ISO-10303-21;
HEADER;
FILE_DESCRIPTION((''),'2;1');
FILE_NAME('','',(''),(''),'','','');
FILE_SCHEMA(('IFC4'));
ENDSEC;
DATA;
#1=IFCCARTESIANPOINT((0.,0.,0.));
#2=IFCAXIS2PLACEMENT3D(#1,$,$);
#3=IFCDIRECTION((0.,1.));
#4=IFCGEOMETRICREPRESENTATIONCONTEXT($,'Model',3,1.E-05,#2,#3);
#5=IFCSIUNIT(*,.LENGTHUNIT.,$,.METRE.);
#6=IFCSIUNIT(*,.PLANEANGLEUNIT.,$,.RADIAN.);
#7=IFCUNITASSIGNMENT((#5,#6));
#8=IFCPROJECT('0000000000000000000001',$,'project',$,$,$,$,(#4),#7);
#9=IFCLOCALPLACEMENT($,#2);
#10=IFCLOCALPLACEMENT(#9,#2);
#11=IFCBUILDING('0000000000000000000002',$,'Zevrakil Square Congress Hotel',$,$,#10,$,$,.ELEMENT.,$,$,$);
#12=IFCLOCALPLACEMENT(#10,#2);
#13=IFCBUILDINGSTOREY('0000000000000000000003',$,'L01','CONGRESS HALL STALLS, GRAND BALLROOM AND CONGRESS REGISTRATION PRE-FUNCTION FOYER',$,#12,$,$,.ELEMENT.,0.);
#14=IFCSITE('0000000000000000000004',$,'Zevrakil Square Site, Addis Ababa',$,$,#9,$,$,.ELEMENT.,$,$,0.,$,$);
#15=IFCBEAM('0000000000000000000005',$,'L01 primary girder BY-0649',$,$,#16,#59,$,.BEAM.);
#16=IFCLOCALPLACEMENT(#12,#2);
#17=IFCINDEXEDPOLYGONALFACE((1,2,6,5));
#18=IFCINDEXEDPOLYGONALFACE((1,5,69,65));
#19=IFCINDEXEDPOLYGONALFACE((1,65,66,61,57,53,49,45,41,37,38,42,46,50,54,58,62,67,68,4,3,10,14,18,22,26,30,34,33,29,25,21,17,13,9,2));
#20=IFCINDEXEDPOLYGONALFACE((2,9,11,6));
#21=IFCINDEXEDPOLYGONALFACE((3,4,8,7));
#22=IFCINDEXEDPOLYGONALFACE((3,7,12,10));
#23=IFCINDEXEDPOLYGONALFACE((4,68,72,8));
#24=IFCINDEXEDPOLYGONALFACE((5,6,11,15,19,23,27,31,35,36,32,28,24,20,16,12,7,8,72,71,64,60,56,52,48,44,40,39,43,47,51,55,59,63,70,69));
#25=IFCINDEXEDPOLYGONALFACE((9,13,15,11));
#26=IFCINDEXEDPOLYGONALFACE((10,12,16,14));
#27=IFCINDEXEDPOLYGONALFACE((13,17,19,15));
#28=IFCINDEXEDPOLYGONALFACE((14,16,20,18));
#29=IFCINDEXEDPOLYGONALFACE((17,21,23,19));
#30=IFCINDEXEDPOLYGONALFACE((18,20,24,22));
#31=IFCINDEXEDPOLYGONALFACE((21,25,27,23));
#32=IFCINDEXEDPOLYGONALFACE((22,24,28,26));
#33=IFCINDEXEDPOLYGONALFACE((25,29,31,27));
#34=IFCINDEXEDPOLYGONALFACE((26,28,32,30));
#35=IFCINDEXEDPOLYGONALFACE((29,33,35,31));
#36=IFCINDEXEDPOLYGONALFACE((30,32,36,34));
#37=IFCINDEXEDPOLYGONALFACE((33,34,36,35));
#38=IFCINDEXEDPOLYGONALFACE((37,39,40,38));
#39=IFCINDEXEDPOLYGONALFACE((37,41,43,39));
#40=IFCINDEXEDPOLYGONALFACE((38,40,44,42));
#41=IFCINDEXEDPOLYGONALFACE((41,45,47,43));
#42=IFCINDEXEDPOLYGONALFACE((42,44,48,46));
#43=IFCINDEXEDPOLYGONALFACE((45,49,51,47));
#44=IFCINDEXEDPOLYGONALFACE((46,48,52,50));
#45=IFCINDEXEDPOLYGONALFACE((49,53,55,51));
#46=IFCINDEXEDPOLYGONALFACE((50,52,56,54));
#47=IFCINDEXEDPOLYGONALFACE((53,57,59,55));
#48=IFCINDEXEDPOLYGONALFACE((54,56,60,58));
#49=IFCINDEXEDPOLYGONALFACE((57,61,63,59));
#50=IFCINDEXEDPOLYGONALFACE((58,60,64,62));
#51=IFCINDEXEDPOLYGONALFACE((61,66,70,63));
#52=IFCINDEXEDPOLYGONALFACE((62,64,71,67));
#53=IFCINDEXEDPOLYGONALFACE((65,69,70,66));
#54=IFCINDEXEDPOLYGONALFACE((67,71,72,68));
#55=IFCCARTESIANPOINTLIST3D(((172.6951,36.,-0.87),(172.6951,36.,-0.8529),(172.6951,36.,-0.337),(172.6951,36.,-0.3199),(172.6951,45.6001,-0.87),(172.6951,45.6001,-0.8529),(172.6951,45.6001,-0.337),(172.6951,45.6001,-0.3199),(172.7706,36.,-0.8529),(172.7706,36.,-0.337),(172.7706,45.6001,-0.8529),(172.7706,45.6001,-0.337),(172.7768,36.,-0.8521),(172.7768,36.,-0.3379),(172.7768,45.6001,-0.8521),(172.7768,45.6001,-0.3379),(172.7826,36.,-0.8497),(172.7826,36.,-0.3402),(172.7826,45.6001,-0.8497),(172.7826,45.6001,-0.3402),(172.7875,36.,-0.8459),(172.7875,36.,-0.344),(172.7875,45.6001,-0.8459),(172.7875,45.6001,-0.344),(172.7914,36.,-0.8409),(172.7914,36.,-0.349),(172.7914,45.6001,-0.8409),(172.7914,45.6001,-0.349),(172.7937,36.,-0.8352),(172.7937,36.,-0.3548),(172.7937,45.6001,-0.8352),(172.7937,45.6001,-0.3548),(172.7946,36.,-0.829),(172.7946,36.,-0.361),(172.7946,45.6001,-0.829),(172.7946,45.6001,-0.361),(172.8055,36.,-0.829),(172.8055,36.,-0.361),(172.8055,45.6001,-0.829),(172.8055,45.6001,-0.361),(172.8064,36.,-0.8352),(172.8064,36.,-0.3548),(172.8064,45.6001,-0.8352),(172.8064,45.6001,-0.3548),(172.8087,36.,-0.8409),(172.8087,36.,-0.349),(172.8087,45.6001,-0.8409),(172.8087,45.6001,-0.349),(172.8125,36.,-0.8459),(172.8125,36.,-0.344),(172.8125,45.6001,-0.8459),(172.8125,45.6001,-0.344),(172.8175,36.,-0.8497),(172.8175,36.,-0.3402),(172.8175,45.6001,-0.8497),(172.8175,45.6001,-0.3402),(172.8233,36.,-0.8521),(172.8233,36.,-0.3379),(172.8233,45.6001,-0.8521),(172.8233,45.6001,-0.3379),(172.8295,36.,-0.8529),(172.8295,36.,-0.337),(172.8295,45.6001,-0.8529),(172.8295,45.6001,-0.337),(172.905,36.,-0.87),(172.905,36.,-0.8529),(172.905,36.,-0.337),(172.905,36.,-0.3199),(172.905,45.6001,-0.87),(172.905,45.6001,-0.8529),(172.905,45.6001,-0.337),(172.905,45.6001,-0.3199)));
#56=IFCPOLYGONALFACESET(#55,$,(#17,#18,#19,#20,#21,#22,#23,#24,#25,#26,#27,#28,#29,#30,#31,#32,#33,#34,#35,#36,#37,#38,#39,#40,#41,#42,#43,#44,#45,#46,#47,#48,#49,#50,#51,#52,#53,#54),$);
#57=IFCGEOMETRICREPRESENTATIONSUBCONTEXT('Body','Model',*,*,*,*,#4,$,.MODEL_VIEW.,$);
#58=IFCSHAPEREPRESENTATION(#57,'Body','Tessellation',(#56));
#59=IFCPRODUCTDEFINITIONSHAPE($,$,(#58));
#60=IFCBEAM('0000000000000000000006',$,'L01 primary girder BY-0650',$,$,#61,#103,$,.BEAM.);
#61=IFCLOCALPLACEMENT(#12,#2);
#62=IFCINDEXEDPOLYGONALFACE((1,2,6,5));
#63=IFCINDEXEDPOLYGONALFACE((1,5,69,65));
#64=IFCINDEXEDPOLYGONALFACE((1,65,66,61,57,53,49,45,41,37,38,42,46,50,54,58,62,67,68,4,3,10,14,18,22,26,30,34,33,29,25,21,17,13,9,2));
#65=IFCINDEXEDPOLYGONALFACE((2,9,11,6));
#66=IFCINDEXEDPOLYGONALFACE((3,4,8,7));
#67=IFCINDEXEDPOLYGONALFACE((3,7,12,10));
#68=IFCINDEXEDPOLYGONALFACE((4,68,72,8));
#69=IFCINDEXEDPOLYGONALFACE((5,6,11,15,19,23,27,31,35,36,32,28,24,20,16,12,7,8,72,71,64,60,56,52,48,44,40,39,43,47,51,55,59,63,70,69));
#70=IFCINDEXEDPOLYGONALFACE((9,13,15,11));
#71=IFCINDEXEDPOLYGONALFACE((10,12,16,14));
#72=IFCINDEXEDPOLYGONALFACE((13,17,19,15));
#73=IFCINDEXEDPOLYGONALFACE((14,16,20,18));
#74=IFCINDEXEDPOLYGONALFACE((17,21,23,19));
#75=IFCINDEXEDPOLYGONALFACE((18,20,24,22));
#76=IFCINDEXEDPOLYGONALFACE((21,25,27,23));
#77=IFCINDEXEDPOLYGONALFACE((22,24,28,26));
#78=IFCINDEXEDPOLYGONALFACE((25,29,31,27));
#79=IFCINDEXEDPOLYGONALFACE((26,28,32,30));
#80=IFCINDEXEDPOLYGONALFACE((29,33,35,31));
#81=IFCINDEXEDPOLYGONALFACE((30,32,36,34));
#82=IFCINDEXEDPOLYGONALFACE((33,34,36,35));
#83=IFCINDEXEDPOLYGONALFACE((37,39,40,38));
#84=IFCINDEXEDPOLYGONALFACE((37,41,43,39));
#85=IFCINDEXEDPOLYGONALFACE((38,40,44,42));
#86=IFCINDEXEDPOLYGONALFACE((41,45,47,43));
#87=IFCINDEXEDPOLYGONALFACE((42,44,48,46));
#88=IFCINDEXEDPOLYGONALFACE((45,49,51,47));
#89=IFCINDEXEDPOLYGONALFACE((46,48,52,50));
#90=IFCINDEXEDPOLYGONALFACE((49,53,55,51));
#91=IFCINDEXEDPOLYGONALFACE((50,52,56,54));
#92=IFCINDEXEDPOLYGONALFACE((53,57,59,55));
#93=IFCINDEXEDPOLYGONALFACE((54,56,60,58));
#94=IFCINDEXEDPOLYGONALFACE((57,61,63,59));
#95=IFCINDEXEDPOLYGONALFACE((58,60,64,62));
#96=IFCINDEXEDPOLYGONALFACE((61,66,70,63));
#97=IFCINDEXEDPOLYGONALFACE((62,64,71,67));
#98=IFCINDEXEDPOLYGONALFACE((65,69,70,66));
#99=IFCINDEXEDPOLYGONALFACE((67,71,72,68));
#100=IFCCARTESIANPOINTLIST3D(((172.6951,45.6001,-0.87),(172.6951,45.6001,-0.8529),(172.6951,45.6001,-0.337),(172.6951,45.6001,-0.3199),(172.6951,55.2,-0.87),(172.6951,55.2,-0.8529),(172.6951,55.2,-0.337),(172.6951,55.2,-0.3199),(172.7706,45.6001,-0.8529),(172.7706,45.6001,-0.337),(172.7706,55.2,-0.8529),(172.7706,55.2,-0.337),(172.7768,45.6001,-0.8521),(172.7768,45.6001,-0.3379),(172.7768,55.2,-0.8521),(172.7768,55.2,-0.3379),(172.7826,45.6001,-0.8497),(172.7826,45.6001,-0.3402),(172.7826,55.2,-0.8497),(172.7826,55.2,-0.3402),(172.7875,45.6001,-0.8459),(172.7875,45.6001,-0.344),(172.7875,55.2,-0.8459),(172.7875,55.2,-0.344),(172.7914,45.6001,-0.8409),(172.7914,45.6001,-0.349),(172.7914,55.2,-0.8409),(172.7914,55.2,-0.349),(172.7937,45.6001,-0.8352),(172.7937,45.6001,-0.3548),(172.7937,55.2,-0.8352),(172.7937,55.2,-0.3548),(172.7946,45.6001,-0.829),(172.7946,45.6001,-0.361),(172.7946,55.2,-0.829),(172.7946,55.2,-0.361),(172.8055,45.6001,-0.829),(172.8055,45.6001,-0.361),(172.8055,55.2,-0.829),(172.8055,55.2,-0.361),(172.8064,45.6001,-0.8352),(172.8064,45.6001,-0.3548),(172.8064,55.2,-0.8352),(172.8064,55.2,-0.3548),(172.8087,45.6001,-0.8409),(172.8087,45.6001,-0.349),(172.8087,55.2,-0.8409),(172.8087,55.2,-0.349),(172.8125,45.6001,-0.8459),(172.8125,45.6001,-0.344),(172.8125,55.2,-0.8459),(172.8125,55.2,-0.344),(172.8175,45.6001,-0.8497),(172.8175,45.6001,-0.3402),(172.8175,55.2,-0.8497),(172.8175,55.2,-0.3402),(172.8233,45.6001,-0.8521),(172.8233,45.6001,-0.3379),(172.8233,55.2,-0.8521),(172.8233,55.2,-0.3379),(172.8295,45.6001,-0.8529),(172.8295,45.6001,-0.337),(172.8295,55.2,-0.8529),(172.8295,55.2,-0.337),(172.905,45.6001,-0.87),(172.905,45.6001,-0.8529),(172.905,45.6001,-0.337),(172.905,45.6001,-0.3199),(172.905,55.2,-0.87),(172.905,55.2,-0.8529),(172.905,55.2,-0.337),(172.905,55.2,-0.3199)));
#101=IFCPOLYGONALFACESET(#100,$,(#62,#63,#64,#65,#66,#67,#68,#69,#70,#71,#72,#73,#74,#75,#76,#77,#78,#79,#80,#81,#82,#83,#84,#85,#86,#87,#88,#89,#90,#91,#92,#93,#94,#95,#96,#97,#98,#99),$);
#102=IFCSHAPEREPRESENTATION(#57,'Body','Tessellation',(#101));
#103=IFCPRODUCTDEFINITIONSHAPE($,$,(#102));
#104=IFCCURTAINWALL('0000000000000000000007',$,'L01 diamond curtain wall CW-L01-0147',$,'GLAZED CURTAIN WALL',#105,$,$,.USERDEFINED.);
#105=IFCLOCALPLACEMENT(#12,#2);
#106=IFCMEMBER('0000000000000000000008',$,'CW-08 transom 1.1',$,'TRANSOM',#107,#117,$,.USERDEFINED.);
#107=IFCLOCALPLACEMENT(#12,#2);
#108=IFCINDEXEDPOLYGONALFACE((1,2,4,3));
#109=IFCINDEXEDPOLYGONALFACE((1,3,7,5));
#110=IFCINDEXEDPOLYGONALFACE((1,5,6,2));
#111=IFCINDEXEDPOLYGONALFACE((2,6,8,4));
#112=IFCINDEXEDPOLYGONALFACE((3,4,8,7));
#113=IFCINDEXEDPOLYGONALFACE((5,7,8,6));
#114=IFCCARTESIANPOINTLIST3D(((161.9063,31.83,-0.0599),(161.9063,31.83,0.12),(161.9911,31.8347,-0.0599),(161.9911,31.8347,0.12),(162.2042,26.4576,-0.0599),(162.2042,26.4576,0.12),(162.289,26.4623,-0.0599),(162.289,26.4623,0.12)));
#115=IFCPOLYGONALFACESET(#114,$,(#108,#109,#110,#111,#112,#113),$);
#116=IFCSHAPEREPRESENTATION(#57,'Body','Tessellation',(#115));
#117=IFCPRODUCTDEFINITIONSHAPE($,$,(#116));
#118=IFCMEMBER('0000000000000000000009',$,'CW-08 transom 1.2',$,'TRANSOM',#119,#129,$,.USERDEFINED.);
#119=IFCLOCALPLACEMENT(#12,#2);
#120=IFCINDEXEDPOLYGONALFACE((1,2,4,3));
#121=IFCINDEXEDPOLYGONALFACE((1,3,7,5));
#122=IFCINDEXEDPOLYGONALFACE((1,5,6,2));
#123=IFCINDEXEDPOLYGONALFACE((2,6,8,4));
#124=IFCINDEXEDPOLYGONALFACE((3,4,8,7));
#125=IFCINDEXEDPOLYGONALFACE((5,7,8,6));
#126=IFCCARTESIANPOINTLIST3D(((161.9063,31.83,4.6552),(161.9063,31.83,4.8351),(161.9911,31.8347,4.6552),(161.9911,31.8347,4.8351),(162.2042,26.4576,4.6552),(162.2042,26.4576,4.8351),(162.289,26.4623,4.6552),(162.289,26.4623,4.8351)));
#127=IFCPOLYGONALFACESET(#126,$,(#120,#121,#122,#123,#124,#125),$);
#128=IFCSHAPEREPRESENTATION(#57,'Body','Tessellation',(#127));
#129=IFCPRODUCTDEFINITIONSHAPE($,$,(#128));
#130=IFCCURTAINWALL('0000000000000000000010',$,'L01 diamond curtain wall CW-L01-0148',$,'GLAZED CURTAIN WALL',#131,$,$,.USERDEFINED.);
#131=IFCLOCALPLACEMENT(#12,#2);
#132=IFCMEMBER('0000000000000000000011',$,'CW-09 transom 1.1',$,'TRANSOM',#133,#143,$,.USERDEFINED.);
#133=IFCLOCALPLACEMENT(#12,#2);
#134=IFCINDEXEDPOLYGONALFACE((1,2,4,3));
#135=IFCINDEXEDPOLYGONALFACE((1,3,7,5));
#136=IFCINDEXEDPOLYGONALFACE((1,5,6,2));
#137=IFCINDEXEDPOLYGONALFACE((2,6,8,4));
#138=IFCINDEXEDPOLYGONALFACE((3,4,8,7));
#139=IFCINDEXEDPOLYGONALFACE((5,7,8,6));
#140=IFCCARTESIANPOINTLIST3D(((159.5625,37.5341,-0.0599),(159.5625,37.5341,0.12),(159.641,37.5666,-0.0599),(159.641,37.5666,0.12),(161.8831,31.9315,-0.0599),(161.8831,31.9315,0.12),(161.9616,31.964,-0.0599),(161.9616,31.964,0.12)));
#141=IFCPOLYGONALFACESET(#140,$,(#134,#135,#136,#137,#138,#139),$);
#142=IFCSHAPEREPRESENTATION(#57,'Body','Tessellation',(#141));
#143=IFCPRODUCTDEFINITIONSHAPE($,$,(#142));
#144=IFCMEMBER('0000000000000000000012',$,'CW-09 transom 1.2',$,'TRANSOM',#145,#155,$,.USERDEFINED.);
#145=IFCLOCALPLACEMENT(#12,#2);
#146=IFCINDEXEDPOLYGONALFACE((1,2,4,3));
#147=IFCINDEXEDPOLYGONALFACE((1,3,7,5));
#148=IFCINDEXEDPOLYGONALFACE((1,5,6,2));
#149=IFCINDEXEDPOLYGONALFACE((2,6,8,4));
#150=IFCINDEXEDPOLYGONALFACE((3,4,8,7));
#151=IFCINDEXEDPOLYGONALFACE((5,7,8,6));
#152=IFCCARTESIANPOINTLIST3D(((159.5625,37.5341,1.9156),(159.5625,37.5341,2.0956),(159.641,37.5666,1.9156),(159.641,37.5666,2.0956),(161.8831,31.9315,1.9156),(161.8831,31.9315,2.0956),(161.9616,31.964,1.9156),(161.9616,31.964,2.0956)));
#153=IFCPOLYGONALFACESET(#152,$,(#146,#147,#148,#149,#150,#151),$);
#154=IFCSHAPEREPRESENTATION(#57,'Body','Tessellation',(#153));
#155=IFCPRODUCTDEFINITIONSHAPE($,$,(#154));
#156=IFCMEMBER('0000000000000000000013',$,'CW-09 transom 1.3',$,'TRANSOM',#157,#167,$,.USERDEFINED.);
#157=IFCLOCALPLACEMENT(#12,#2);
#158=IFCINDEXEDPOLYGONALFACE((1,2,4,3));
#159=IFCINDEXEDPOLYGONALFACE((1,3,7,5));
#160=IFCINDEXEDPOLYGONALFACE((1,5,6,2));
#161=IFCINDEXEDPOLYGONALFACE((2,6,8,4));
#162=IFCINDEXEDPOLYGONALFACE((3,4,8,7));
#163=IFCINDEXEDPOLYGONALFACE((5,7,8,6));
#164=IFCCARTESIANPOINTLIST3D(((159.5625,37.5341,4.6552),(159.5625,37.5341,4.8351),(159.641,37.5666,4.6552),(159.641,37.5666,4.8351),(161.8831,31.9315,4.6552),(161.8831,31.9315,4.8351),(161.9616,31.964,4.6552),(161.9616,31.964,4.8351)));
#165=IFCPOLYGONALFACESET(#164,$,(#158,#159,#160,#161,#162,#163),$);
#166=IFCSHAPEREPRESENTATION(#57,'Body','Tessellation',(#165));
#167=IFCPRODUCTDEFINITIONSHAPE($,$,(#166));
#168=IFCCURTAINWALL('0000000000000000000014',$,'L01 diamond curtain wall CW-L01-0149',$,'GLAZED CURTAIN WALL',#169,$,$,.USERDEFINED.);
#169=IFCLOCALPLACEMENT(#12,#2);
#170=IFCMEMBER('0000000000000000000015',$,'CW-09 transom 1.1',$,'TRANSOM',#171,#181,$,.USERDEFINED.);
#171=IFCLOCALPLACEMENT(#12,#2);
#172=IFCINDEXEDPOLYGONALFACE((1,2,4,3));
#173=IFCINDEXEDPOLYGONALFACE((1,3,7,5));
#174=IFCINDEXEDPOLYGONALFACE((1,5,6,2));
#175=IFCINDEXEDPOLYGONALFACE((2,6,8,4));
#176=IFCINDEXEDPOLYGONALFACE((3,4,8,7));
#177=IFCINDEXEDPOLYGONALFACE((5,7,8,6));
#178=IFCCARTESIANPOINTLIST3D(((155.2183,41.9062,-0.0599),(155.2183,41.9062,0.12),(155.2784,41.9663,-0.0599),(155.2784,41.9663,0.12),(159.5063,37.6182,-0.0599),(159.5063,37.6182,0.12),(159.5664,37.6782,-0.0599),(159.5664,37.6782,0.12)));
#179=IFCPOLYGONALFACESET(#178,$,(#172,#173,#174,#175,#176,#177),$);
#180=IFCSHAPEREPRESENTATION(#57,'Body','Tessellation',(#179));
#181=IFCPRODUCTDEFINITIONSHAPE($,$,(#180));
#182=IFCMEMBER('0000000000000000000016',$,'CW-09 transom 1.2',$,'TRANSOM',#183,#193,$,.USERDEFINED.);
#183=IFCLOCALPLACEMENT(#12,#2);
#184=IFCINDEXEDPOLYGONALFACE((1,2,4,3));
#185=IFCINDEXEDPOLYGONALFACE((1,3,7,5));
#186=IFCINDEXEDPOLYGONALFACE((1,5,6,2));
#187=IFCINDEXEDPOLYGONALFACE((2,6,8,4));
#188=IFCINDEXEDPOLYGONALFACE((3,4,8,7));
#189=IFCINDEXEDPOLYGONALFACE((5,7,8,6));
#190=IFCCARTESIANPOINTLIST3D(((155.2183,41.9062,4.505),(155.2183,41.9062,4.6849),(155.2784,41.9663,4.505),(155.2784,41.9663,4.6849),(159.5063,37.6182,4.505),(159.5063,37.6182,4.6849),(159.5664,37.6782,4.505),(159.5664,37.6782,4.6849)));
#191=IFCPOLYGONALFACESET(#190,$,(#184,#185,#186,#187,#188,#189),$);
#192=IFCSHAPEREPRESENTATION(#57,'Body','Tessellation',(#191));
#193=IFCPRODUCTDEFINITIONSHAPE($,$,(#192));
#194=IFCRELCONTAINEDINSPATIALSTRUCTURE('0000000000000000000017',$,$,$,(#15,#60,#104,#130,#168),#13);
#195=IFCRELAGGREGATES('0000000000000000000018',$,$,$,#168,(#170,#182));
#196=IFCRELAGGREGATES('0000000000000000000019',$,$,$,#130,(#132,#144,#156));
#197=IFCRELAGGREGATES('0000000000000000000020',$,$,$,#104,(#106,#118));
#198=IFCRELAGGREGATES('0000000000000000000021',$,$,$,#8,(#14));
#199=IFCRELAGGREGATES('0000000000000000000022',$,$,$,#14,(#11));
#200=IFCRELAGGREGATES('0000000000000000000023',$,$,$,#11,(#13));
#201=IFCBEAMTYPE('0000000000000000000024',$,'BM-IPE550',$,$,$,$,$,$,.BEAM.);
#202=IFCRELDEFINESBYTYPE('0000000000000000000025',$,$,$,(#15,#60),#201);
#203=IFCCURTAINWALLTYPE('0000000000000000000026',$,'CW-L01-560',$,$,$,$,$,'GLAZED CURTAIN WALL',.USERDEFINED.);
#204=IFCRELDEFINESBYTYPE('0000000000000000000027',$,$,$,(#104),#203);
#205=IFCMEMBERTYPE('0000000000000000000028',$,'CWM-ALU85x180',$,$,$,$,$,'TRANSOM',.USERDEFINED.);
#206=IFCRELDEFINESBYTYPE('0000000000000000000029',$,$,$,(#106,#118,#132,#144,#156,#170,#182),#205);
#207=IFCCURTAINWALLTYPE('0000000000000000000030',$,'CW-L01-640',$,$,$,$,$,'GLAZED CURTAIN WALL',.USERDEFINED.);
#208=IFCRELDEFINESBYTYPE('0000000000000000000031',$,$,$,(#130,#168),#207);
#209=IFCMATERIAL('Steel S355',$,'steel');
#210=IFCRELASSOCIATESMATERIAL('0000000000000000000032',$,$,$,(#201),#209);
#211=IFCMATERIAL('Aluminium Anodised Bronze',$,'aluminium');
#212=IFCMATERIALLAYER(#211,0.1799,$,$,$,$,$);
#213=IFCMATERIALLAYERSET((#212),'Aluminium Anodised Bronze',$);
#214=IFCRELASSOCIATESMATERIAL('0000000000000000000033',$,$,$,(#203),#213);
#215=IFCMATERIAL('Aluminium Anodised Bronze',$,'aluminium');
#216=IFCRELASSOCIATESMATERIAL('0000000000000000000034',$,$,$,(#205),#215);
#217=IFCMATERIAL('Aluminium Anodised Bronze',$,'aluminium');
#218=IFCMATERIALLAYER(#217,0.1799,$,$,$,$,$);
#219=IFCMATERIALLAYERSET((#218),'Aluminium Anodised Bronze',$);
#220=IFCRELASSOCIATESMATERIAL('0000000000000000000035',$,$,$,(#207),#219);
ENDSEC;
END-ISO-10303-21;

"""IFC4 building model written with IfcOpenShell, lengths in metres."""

from ifc_helpers import new_model, si_unit, direction, frame, origin, origin_2d, place, context, subcontext, project, spatial, rectangle, i_section, extrude, material, layer, layer_set, material_profile, profile_set, type_object, element, aggregate, save


model = new_model("IFC4")

# Units and contexts
model_context = context("Model", 3, precision=1e-05, world=origin(), true_north=direction((0.0, 1.0)))
body_context = subcontext(model_context, "Body", "Model", "MODEL_VIEW")
ifc_project = project(units=[si_unit("LENGTHUNIT", "METRE"), si_unit("PLANEANGLEUNIT", "RADIAN")], contexts=[model_context])

# Site, building, storey
site_placement = place(None, origin())
site = spatial("IfcSite", under=ifc_project, at=site_placement, Name="Zevrakil Square Site, Addis Ababa", CompositionType="ELEMENT", RefElevation=0.0)
building_placement = place(site_placement, origin())
building = spatial("IfcBuilding", under=site, at=building_placement, Name="Zevrakil Square Congress Hotel", CompositionType="ELEMENT")
storey_placement = place(building_placement, origin())
storey = spatial("IfcBuildingStorey", under=building, at=storey_placement, Name="L01", Description="CONGRESS HALL STALLS, GRAND BALLROOM AND CONGRESS REGISTRATION PRE-FUNCTION FOYER", CompositionType="ELEMENT", Elevation=0.0)

# Beams
ifc_material_1 = material(Name="Steel S355", Category="steel")
ifc_material_profile_1 = material_profile(ifc_material_1, i_section(OverallWidth=0.21, OverallDepth=0.55, WebThickness=0.011, FlangeThickness=0.0171, FilletRadius=0.0239, at=origin_2d()), Name="IPE 550")
ifc_profile_set_1 = profile_set([ifc_material_profile_1], Name="Steel S355")
beam_type_1 = type_object("IfcBeamType", Name="BM-IPE550", PredefinedType="BEAM", material=ifc_profile_set_1)
for number, where, z_axis, x_axis, name in (
    (1, (172.8, 36.0, -0.595), (0.0, 1.0, 0.0), (-1.0, 0.0, 0.0), "L01 primary girder BY-0649"),
):
    element("IfcBeam", number, at=place(storey_placement, frame(where, z_axis=z_axis, x_axis=x_axis)), inside=storey, type_object=beam_type_1, Name=name, PredefinedType="BEAM", context=body_context, shape_type="SweptSolid", body=[
        extrude(i_section(OverallWidth=0.21, OverallDepth=0.55, WebThickness=0.011, FlangeThickness=0.0171, FilletRadius=0.0239, at=origin_2d()), origin(), (0.0, 0.0, 1.0), 9.6001),
    ])
beam_placement = place(storey_placement, frame((172.8, 45.6001, -0.595), z_axis=(0.0, 1.0, 0.0), x_axis=(-1.0, 0.0, 0.0)))
element("IfcBeam", 2, at=beam_placement, inside=storey, type_object=beam_type_1, Name="L01 primary girder BY-0650", PredefinedType="BEAM", context=body_context, shape_type="SweptSolid", body=[
    extrude(i_section(OverallWidth=0.21, OverallDepth=0.55, WebThickness=0.011, FlangeThickness=0.0171, FilletRadius=0.0239, at=origin_2d()), origin(), (0.0, 0.0, 1.0), 9.5999),
])

# Curtain walls, members
ifc_material_2 = material(Name="Aluminium Anodised Bronze", Category="aluminium")
ifc_layer_1 = layer(ifc_material_2, 0.1799)
ifc_layer_set_1 = layer_set([ifc_layer_1], Name="Aluminium Anodised Bronze")
curtain_wall_type_1 = type_object("IfcCurtainWallType", Name="CW-L01-560", ElementType="GLAZED CURTAIN WALL", PredefinedType="USERDEFINED", material=ifc_layer_set_1)
curtain_wall_1_placement = place(storey_placement, origin())
curtain_wall_1 = element("IfcCurtainWall", 3, at=curtain_wall_1_placement, inside=storey, type_object=curtain_wall_type_1, Name="L01 diamond curtain wall CW-L01-0147", ObjectType="GLAZED CURTAIN WALL", PredefinedType="USERDEFINED")
ifc_material_3 = material(Name="Aluminium Anodised Bronze", Category="aluminium")
ifc_material_profile_2 = material_profile(ifc_material_3, rectangle(XDim=0.085, YDim=0.1799, at=origin_2d()), Name="ALU 85x180")
ifc_profile_set_2 = profile_set([ifc_material_profile_2], Name="Aluminium Anodised Bronze")
member_type_1 = type_object("IfcMemberType", Name="CWM-ALU85x180", ElementType="TRANSOM", PredefinedType="USERDEFINED", material=ifc_profile_set_2)
member_1_placement = place(storey_placement, frame((162.2466, 26.46, 0.03), z_axis=(-0.055357, 0.998467, 0.0), x_axis=(-0.998467, -0.055357, 0.0)))
member_1 = element("IfcMember", 4, at=member_1_placement, type_object=member_type_1, Name="CW-08 transom 1.1", ObjectType="TRANSOM", PredefinedType="USERDEFINED", context=body_context, shape_type="SweptSolid", body=[
    extrude(rectangle(XDim=0.085, YDim=0.1799, at=origin_2d()), origin(), (0.0, 0.0, 1.0), 5.3806),
])
member_2_placement = place(storey_placement, frame((162.2466, 26.46, 4.7451), z_axis=(-0.055357, 0.998467, 0.0), x_axis=(-0.998467, -0.055357, 0.0)))
member_2 = element("IfcMember", 5, at=member_2_placement, type_object=member_type_1, Name="CW-08 transom 1.2", ObjectType="TRANSOM", PredefinedType="USERDEFINED", context=body_context, shape_type="SweptSolid", body=[
    extrude(rectangle(XDim=0.085, YDim=0.1799, at=origin_2d()), origin(), (0.0, 0.0, 1.0), 5.3806),
])
ifc_material_4 = material(Name="Aluminium Anodised Bronze", Category="aluminium")
ifc_layer_2 = layer(ifc_material_4, 0.1799)
ifc_layer_set_2 = layer_set([ifc_layer_2], Name="Aluminium Anodised Bronze")
curtain_wall_type_2 = type_object("IfcCurtainWallType", Name="CW-L01-640", ElementType="GLAZED CURTAIN WALL", PredefinedType="USERDEFINED", material=ifc_layer_set_2)
curtain_wall_2_placement = place(storey_placement, origin())
curtain_wall_2 = element("IfcCurtainWall", 6, at=curtain_wall_2_placement, inside=storey, type_object=curtain_wall_type_2, Name="L01 diamond curtain wall CW-L01-0148", ObjectType="GLAZED CURTAIN WALL", PredefinedType="USERDEFINED")
member_3_placement = place(storey_placement, frame((161.9224, 31.9478, 0.03), z_axis=(-0.382671, 0.923885, 0.0), x_axis=(-0.923885, -0.382671, 0.0)))
member_3 = element("IfcMember", 7, at=member_3_placement, type_object=member_type_1, Name="CW-09 transom 1.1", ObjectType="TRANSOM", PredefinedType="USERDEFINED", context=body_context, shape_type="SweptSolid", body=[
    extrude(rectangle(XDim=0.085, YDim=0.1799, at=origin_2d()), origin(), (0.0, 0.0, 1.0), 6.0642),
])
member_4_placement = place(storey_placement, frame((161.9224, 31.9478, 2.0056), z_axis=(-0.382671, 0.923885, 0.0), x_axis=(-0.923885, -0.382671, 0.0)))
member_4 = element("IfcMember", 8, at=member_4_placement, type_object=member_type_1, Name="CW-09 transom 1.2", ObjectType="TRANSOM", PredefinedType="USERDEFINED", context=body_context, shape_type="SweptSolid", body=[
    extrude(rectangle(XDim=0.085, YDim=0.1799, at=origin_2d()), origin(), (0.0, 0.0, 1.0), 6.0642),
])
member_5_placement = place(storey_placement, frame((161.9224, 31.9478, 4.7451), z_axis=(-0.382671, 0.923885, 0.0), x_axis=(-0.923885, -0.382671, 0.0)))
member_5 = element("IfcMember", 9, at=member_5_placement, type_object=member_type_1, Name="CW-09 transom 1.3", ObjectType="TRANSOM", PredefinedType="USERDEFINED", context=body_context, shape_type="SweptSolid", body=[
    extrude(rectangle(XDim=0.085, YDim=0.1799, at=origin_2d()), origin(), (0.0, 0.0, 1.0), 6.0642),
])
curtain_wall_3_placement = place(storey_placement, origin())
curtain_wall_3 = element("IfcCurtainWall", 10, at=curtain_wall_3_placement, inside=storey, type_object=curtain_wall_type_2, Name="L01 diamond curtain wall CW-L01-0149", ObjectType="GLAZED CURTAIN WALL", PredefinedType="USERDEFINED")
member_6_placement = place(storey_placement, frame((159.5364, 37.6482, 0.03), z_axis=(-0.707107, 0.707107, 0.0), x_axis=(-0.707107, -0.707107, 0.0)))
member_6 = element("IfcMember", 11, at=member_6_placement, type_object=member_type_1, Name="CW-09 transom 1.1", ObjectType="TRANSOM", PredefinedType="USERDEFINED", context=body_context, shape_type="SweptSolid", body=[
    extrude(rectangle(XDim=0.085, YDim=0.1799, at=origin_2d()), origin(), (0.0, 0.0, 1.0), 6.0642),
])
member_7_placement = place(storey_placement, frame((159.5364, 37.6482, 4.595), z_axis=(-0.707107, 0.707107, 0.0), x_axis=(-0.707107, -0.707107, 0.0)))
member_7 = element("IfcMember", 12, at=member_7_placement, type_object=member_type_1, Name="CW-09 transom 1.2", ObjectType="TRANSOM", PredefinedType="USERDEFINED", context=body_context, shape_type="SweptSolid", body=[
    extrude(rectangle(XDim=0.085, YDim=0.1799, at=origin_2d()), origin(), (0.0, 0.0, 1.0), 6.0642),
])

aggregate(curtain_wall_3, [member_6, member_7])

aggregate(curtain_wall_2, [member_3, member_4, member_5])
aggregate(curtain_wall_1, [member_1, member_2])

save(model, "model.ifc")
